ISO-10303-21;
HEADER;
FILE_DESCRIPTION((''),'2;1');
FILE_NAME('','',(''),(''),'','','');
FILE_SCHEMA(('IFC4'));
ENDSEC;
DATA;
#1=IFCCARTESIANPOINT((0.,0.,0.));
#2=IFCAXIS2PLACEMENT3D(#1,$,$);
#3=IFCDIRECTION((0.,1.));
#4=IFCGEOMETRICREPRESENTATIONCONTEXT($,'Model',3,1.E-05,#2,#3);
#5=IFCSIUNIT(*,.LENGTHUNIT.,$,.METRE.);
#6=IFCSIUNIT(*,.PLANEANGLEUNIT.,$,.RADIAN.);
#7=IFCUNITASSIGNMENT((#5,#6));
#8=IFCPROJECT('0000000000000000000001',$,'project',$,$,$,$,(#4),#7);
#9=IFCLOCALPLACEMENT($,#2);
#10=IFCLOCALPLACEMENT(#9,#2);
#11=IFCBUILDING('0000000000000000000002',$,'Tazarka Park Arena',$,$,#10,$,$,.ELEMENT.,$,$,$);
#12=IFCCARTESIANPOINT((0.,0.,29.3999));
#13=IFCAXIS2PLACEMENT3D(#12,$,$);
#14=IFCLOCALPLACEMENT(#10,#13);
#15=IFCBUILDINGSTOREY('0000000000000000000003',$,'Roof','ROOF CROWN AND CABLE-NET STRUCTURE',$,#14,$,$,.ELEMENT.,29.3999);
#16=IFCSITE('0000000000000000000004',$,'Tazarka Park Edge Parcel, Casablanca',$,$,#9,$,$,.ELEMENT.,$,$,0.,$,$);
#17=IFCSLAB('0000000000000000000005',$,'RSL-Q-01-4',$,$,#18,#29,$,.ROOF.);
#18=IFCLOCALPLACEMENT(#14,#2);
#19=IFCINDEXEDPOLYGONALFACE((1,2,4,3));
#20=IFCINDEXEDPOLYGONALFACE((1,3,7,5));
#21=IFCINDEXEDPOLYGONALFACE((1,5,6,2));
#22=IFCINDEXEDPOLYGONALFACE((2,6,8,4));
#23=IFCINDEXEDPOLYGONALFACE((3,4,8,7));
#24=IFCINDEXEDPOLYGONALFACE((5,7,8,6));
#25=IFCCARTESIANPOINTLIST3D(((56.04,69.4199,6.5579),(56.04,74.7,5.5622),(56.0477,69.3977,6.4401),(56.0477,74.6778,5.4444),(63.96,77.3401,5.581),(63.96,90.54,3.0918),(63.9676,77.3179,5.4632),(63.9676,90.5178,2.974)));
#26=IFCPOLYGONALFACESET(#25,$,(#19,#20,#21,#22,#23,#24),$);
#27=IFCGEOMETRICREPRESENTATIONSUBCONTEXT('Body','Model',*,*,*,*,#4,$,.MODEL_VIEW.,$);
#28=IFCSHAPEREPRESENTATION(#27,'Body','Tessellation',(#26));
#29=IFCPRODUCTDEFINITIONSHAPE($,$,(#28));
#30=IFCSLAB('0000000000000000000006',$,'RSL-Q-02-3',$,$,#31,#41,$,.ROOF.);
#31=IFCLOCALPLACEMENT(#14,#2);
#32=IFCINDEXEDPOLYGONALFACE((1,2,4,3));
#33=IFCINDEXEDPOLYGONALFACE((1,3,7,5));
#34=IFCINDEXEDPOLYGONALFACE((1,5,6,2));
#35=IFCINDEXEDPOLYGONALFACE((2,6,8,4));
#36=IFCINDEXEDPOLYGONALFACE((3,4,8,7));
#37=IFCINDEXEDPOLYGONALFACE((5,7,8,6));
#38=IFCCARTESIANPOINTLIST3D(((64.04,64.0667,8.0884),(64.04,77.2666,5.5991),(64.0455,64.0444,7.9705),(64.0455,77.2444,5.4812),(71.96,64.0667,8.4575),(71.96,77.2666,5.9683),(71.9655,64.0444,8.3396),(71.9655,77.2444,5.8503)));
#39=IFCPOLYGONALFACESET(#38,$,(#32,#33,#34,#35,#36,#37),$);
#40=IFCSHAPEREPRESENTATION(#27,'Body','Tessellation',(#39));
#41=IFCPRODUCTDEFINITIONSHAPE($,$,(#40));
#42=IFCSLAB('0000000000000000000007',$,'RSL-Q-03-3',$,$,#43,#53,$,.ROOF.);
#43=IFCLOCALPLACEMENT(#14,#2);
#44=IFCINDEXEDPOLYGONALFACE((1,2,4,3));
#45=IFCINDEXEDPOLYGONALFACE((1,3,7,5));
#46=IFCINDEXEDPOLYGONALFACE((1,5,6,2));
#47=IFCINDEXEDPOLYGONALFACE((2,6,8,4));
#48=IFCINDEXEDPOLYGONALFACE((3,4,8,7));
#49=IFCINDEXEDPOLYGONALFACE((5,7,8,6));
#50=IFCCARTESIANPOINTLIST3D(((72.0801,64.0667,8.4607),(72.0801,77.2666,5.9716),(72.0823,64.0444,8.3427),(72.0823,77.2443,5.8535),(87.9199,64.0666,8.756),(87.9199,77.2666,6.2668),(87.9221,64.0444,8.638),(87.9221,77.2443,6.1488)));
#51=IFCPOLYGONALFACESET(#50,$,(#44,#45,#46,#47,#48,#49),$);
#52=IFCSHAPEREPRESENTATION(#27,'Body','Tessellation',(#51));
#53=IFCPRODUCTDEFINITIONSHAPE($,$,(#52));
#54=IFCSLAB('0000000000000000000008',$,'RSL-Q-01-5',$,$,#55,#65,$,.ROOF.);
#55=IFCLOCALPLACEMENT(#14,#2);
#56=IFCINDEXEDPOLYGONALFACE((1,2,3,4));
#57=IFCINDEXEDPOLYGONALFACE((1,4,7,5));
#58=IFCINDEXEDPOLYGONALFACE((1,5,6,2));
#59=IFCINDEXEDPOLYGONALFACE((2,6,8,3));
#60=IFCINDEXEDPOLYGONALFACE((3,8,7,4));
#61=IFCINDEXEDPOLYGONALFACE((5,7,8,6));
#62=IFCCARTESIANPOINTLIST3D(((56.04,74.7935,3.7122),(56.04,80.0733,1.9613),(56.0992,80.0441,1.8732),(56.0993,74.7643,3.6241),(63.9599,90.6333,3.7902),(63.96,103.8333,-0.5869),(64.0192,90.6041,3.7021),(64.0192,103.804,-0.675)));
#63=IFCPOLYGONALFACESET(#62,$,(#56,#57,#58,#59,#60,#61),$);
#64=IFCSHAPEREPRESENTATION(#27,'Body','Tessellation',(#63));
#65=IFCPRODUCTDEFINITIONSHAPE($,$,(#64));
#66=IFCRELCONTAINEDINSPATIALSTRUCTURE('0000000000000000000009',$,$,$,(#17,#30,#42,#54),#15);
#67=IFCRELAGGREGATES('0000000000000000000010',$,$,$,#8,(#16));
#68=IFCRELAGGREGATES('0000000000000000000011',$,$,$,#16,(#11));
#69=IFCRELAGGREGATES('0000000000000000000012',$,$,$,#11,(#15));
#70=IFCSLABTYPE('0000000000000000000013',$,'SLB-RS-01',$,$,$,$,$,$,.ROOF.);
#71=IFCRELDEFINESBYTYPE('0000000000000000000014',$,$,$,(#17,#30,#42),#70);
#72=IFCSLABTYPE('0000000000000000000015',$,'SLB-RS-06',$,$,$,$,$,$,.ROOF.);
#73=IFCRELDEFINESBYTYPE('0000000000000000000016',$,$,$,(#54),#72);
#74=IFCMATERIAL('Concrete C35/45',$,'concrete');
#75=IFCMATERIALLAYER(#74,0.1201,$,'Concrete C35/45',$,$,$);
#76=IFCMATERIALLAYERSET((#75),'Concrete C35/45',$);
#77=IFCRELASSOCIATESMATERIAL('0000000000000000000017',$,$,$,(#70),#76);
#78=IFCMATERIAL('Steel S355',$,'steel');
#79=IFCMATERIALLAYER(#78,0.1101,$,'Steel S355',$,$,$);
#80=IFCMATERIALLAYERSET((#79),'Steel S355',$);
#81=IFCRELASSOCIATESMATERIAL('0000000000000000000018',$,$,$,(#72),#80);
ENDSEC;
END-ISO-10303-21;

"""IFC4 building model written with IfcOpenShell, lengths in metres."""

from ifc_helpers import new_model, si_unit, direction, frame, origin, place, context, subcontext, project, spatial, polyline, outline, extrude, material, layer, layer_set, type_object, element, save


model = new_model("IFC4")

# Units and contexts
model_context = context("Model", 3, precision=1e-05, world=origin(), true_north=direction((0.0, 1.0)))
body_context = subcontext(model_context, "Body", "Model", "MODEL_VIEW")
ifc_project = project(units=[si_unit("LENGTHUNIT", "METRE"), si_unit("PLANEANGLEUNIT", "RADIAN")], contexts=[model_context])

# Site, building, storey
site_placement = place(None, origin())
site = spatial("IfcSite", under=ifc_project, at=site_placement, Name="Tazarka Park Edge Parcel, Casablanca", CompositionType="ELEMENT", RefElevation=0.0)
building_placement = place(site_placement, origin())
building = spatial("IfcBuilding", under=site, at=building_placement, Name="Tazarka Park Arena", CompositionType="ELEMENT")
storey_placement = place(building_placement, frame((0.0, 0.0, 29.3999)))
storey = spatial("IfcBuildingStorey", under=building, at=storey_placement, Name="Roof", Description="ROOF CROWN AND CABLE-NET STRUCTURE", CompositionType="ELEMENT", Elevation=29.3999)

# Slabs
ifc_material_1 = material(Name="Concrete C35/45", Category="concrete")
ifc_layer_1 = layer(ifc_material_1, 0.1201, Name="Concrete C35/45")
ifc_layer_set_1 = layer_set([ifc_layer_1], Name="Concrete C35/45")
slab_type_1 = type_object("IfcSlabType", Name="SLB-RS-01", PredefinedType="ROOF", material=ifc_layer_set_1)
slab_1_placement = place(storey_placement, frame((56.04, 69.4199, 6.5579), z_axis=(-0.063975, 0.184929, 0.980667), x_axis=(0.70442, 0.704445, -0.086887)))
element("IfcSlab", 1, at=slab_1_placement, inside=storey, type_object=slab_type_1, Name="RSL-Q-01-4", PredefinedType="ROOF", context=body_context, shape_type="SweptSolid", body=[
    extrude(outline(polyline([(0.0, 0.0), (11.2432, 0.0), (20.7581, 9.4816), (3.806, 3.7927), (0.0, 0.0)])), origin(), (0.0, 0.0, -1.0), 0.1201),
])
slab_2_placement = place(storey_placement, frame((64.04, 64.0667, 8.0884), z_axis=(-0.045754, 0.18512, 0.98165), x_axis=(0.998916, 0.0, 0.046559)))
element("IfcSlab", 2, at=slab_2_placement, inside=storey, type_object=slab_type_1, Name="RSL-Q-02-3", PredefinedType="ROOF", context=body_context, shape_type="SweptSolid", body=[
    extrude(outline(polyline([(0.0, 0.0), (7.9285, 0.0), (7.8126, 13.4321), (-0.1159, 13.4321), (0.0, 0.0)])), origin(), (0.0, 0.0, -1.0), 0.1201),
])
slab_3_placement = place(storey_placement, frame((72.0801, 64.0667, 8.4607), z_axis=(-0.018316, 0.185275, 0.982516), x_axis=(0.999826, -0.000001, 0.018639)))
element("IfcSlab", 3, at=slab_3_placement, inside=storey, type_object=slab_type_1, Name="RSL-Q-03-3", PredefinedType="ROOF", context=body_context, shape_type="SweptSolid", body=[
    extrude(outline(polyline([(0.0, 0.0), (15.8426, 0.0), (15.7962, 13.4325), (-0.0464, 13.4325), (0.0, 0.0)])), origin(), (0.0, 0.0, -1.0), 0.1201),
])
ifc_material_2 = material(Name="Steel S355", Category="steel")
ifc_layer_2 = layer(ifc_material_2, 0.1101, Name="Steel S355")
ifc_layer_set_2 = layer_set([ifc_layer_2], Name="Steel S355")
slab_type_2 = type_object("IfcSlabType", Name="SLB-RS-06", PredefinedType="ROOF", material=ifc_layer_set_2)
slab_4_placement = place(storey_placement, frame((56.04, 74.7935, 3.7122), z_axis=(-0.538368, 0.265242, 0.799879), x_axis=(0.447205, 0.894421, 0.004404)))
element("IfcSlab", 4, at=slab_4_placement, inside=storey, type_object=slab_type_2, Name="RSL-Q-01-5", PredefinedType="ROOF", context=body_context, shape_type="SweptSolid", body=[
    extrude(outline(polyline([(0.0, 0.0), (17.7097, 0.0), (29.4967, 7.3799), (4.7146, 2.952), (0.0, 0.0)])), origin(), (0.0, 0.0, -1.0), 0.1101),
])

save(model, "model.ifc")
